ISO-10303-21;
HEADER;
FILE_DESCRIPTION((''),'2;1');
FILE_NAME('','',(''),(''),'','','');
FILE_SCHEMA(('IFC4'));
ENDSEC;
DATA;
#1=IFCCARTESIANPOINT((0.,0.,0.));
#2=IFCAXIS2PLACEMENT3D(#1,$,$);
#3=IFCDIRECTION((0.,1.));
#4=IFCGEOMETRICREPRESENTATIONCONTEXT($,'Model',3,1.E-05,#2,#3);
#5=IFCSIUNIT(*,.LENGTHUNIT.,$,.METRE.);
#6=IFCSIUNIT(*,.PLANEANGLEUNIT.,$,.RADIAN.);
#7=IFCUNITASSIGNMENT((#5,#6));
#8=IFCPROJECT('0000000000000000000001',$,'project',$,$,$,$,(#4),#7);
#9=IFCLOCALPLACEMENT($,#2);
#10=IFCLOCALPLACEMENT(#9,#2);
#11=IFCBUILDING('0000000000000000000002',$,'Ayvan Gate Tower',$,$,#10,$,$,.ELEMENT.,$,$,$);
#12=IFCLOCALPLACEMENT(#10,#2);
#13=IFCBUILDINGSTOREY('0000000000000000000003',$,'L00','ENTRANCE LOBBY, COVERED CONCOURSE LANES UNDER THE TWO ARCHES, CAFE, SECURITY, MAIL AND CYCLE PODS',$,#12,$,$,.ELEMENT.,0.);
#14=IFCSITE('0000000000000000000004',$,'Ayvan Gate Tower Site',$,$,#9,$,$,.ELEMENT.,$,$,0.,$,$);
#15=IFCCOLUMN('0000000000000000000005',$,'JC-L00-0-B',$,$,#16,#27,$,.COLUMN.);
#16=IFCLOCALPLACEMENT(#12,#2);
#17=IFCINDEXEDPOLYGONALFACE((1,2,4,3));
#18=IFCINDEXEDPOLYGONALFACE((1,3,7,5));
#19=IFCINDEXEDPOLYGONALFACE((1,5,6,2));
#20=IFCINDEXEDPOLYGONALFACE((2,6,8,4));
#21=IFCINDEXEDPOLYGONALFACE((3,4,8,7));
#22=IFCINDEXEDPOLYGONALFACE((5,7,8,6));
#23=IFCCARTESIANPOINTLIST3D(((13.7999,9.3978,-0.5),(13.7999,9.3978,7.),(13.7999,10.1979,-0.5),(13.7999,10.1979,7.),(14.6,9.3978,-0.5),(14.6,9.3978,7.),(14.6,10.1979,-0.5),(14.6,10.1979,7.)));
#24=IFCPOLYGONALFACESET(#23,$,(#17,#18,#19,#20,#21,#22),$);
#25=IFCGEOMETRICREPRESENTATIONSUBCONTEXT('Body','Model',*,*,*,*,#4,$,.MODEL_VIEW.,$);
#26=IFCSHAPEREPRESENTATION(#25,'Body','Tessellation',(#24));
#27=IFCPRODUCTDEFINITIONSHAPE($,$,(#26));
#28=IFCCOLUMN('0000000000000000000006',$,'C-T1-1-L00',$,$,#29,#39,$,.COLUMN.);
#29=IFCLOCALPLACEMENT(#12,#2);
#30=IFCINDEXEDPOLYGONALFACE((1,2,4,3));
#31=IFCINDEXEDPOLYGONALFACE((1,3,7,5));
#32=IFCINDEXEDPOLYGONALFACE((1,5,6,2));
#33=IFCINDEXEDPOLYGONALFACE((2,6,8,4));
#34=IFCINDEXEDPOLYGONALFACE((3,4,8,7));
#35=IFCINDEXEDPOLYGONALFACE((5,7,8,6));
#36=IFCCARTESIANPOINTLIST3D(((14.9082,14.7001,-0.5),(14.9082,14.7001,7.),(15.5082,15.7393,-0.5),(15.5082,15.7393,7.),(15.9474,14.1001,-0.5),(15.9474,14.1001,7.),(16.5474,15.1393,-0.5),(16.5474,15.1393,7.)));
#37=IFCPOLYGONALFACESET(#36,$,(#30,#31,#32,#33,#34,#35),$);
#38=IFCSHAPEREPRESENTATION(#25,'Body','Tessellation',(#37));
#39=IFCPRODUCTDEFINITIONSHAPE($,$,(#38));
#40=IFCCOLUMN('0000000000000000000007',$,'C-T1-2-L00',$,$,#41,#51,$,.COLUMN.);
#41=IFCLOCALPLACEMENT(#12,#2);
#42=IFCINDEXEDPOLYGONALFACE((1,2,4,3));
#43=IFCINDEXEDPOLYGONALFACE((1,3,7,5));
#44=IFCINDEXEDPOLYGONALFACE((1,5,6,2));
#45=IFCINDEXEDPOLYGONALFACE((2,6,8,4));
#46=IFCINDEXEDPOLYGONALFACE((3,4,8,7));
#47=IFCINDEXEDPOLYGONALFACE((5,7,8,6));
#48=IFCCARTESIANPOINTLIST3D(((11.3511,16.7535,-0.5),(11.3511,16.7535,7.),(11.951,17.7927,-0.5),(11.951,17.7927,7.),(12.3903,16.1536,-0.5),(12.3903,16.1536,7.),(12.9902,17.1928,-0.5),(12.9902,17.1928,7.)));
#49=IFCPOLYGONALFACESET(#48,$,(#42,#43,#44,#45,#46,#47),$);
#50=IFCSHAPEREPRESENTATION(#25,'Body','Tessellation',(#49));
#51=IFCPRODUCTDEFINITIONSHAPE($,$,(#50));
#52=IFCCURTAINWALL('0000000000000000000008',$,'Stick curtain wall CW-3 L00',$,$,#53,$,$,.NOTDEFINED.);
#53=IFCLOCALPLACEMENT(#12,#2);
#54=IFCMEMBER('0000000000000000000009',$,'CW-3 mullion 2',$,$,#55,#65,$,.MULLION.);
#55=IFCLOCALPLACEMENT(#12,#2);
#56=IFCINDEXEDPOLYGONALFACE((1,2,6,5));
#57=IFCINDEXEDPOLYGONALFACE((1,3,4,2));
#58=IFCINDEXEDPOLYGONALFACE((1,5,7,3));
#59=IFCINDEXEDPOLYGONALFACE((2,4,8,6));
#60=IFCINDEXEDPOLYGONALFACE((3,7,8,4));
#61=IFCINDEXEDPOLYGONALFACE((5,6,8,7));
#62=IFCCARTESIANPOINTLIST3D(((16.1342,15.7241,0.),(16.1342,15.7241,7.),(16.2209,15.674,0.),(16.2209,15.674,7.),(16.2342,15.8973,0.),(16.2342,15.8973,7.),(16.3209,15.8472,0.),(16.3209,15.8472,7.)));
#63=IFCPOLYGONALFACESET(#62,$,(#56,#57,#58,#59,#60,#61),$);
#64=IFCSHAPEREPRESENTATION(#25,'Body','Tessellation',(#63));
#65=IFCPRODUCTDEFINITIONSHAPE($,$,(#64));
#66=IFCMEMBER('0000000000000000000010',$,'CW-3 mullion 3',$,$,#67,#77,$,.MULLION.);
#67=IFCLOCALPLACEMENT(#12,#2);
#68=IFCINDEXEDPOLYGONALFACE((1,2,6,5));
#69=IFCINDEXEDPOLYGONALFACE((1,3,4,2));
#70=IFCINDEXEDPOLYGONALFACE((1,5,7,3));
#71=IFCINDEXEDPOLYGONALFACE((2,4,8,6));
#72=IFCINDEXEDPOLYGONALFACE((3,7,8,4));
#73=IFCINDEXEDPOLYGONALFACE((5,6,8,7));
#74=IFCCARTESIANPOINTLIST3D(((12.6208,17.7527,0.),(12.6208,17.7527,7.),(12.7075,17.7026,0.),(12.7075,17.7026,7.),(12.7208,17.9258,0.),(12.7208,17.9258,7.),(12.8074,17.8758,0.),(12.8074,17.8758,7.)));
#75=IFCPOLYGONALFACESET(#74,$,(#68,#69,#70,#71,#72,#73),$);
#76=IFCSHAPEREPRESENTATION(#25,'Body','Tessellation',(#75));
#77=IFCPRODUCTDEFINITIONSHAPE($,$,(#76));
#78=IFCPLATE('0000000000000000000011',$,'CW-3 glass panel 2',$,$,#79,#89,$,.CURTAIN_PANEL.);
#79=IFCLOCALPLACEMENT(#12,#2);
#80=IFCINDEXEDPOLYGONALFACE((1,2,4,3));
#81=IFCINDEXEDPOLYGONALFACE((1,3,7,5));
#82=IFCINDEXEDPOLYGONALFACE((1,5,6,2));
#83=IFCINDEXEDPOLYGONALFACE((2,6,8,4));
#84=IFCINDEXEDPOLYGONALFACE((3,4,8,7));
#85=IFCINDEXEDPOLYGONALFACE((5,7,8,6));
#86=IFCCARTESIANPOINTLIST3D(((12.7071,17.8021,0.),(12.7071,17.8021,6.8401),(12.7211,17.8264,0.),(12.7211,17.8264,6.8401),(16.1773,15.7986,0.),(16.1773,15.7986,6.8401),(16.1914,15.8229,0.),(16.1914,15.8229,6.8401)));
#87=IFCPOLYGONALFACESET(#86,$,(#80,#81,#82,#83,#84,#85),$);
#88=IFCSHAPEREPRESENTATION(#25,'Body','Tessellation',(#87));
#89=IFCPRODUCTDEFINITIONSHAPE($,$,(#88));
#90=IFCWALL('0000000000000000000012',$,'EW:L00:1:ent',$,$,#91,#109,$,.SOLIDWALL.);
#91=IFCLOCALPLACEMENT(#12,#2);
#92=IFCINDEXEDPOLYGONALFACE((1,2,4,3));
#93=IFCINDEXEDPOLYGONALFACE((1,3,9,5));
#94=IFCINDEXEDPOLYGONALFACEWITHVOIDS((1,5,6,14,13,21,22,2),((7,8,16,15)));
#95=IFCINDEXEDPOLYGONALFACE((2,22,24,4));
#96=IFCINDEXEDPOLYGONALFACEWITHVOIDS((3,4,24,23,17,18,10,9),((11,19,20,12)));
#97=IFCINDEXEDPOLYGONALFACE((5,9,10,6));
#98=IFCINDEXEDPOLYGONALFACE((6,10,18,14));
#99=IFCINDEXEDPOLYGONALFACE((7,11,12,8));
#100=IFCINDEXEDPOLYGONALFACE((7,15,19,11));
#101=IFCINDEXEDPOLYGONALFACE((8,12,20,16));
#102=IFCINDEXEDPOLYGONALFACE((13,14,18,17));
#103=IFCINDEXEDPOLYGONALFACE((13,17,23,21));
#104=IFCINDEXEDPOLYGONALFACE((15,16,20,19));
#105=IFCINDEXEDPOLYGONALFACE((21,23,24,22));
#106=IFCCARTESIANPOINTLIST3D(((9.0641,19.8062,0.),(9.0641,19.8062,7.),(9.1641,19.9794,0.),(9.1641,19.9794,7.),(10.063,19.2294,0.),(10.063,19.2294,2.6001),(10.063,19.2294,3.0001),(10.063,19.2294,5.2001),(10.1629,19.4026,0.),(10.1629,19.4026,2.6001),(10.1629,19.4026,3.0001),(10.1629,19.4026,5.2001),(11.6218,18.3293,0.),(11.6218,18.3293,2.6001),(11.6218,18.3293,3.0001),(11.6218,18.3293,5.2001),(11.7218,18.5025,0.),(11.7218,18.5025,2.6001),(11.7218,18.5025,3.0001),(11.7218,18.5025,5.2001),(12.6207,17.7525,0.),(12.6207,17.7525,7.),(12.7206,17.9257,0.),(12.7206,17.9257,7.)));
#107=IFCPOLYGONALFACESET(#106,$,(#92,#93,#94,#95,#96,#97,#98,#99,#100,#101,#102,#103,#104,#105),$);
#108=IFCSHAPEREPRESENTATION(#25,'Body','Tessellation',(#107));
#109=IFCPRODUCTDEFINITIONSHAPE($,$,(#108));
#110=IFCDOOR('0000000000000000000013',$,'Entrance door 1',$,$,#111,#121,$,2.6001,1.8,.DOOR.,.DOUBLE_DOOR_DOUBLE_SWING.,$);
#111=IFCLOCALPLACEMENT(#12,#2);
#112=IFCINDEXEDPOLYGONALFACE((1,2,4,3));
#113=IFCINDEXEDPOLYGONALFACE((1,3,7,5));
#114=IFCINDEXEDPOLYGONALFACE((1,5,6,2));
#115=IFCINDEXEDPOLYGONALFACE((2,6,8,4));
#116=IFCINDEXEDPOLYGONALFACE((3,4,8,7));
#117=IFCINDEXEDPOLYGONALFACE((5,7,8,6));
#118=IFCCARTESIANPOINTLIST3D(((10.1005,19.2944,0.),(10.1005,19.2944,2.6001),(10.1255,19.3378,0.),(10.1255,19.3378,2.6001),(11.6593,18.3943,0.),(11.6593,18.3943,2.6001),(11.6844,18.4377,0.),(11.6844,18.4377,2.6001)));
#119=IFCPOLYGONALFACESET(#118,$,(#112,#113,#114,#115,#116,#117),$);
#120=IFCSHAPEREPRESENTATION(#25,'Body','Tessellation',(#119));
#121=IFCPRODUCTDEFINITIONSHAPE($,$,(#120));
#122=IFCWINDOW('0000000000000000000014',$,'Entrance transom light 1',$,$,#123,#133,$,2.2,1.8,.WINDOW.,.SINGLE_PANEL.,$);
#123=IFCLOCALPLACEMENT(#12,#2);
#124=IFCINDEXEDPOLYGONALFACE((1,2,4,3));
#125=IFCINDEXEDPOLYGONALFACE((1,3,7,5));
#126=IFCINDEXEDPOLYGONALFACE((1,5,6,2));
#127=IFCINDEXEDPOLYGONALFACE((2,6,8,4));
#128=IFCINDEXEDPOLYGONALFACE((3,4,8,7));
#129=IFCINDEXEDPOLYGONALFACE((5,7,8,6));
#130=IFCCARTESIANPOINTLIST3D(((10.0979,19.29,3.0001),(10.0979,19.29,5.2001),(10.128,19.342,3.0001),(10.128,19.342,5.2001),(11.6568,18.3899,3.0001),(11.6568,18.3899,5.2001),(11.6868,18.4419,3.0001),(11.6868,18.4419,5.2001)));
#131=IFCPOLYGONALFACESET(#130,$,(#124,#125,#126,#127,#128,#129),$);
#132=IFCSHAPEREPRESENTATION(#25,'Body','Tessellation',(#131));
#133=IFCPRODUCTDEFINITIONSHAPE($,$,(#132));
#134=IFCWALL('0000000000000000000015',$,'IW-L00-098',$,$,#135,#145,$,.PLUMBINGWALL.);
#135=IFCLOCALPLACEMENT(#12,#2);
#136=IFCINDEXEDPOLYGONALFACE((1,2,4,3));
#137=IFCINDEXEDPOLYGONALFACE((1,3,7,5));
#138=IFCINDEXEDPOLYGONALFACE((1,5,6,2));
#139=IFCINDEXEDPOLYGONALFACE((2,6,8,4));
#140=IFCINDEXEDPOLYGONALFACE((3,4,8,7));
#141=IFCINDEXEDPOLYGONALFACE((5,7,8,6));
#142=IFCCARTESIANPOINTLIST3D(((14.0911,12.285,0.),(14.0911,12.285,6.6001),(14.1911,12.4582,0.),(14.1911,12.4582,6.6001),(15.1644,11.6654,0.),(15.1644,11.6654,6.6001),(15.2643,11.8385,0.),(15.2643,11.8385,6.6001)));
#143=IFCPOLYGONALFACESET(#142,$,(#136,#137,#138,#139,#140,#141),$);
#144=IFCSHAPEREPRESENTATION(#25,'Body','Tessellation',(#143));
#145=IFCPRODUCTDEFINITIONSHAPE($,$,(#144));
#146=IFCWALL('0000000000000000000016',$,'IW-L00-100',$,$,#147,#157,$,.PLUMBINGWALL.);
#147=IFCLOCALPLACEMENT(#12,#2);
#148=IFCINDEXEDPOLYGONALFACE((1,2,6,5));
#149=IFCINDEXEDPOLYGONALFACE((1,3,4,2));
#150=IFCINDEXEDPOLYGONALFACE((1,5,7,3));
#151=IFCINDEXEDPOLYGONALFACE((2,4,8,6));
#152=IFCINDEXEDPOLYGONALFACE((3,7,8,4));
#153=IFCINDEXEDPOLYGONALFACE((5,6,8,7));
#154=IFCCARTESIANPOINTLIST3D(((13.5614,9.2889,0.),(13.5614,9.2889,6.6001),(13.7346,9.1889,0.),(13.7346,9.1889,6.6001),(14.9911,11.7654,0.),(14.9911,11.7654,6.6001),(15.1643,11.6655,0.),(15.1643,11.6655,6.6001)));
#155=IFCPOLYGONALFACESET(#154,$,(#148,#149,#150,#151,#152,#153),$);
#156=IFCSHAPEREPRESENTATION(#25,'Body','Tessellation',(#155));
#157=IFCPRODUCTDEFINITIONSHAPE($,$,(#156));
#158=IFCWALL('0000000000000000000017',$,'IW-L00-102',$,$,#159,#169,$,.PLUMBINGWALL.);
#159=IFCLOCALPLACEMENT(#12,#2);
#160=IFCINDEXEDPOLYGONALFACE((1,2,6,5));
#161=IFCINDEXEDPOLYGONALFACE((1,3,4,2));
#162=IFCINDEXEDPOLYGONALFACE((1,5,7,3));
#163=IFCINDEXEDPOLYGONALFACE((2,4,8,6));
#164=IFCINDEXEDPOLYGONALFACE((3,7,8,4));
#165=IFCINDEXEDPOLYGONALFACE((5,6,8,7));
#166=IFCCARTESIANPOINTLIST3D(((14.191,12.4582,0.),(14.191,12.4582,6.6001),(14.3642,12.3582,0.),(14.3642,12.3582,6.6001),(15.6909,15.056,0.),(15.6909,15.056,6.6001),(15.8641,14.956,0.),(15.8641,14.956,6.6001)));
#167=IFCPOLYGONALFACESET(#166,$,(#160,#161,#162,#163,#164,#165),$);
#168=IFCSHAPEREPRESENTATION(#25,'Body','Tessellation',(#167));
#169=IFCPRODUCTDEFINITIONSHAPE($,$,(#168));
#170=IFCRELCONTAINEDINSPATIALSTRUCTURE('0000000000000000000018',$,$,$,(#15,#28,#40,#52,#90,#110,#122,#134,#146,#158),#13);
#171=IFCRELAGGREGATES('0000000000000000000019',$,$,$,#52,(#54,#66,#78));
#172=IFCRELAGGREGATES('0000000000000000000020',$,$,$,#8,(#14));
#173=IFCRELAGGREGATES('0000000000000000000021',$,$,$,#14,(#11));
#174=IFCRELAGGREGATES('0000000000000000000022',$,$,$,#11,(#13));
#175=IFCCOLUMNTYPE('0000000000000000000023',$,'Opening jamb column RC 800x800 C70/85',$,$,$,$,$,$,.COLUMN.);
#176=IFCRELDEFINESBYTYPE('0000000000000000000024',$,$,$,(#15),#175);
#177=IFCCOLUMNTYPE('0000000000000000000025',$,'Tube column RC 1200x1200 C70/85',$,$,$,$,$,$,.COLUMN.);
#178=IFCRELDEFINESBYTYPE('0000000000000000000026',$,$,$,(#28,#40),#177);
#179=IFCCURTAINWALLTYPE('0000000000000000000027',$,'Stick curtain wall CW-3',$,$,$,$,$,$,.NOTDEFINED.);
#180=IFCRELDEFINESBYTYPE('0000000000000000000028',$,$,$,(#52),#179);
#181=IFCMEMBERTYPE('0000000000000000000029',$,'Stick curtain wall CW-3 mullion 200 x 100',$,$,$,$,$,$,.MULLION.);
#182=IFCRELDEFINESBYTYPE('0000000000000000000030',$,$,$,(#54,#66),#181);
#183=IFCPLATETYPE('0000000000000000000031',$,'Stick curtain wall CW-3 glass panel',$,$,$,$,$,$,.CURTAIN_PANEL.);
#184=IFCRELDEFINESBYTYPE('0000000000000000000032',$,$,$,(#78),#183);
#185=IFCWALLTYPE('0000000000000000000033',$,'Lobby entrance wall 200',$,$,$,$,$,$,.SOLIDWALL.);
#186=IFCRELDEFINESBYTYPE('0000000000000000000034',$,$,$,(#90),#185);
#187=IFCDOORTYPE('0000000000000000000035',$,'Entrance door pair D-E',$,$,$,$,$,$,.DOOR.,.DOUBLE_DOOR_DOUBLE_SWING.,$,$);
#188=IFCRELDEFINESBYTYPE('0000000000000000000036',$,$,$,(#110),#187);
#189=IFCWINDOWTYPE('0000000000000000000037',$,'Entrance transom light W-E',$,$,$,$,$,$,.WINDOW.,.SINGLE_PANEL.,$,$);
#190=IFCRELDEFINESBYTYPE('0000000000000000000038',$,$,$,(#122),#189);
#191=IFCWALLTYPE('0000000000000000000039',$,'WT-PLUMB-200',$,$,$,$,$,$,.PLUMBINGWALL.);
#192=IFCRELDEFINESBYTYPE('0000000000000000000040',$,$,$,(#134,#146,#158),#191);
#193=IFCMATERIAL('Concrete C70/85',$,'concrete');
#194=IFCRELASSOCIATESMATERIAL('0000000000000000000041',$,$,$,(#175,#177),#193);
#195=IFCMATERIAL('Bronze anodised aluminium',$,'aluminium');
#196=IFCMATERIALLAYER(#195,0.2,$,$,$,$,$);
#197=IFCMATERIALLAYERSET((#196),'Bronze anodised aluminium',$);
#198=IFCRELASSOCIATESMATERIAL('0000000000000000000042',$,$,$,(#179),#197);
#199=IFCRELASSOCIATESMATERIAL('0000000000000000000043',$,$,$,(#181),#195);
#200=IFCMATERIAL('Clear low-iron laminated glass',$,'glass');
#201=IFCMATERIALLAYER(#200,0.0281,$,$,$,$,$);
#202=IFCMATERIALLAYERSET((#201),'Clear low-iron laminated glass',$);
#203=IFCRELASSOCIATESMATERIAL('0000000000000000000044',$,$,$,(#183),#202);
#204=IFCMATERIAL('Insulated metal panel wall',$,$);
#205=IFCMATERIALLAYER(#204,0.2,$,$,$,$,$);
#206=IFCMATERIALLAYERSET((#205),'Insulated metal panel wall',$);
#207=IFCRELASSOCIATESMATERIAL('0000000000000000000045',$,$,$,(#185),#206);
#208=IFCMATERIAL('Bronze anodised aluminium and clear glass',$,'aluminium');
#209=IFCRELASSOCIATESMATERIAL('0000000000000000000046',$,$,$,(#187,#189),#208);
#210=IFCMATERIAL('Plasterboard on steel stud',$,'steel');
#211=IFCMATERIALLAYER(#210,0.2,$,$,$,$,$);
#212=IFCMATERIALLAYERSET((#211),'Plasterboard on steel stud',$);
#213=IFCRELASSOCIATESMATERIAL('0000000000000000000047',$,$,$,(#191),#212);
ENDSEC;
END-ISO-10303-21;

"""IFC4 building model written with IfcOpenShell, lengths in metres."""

from ifc_helpers import new_model, si_unit, direction, frame, frame_2d, origin, origin_2d, place, context, subcontext, project, spatial, rectangle, extrude, material, layer, layer_set, material_profile, profile_set, type_object, element, fill, aggregate, save


model = new_model("IFC4")

# Units and contexts
model_context = context("Model", 3, precision=1e-05, world=origin(), true_north=direction((0.0, 1.0)))
body_context = subcontext(model_context, "Body", "Model", "MODEL_VIEW")
ifc_project = project(units=[si_unit("LENGTHUNIT", "METRE"), si_unit("PLANEANGLEUNIT", "RADIAN")], contexts=[model_context])

# Site, building, storey
site_placement = place(None, origin())
site = spatial("IfcSite", under=ifc_project, at=site_placement, Name="Ayvan Gate Tower Site", CompositionType="ELEMENT", RefElevation=0.0)
building_placement = place(site_placement, origin())
building = spatial("IfcBuilding", under=site, at=building_placement, Name="Ayvan Gate Tower", CompositionType="ELEMENT")
storey_placement = place(building_placement, origin())
storey = spatial("IfcBuildingStorey", under=building, at=storey_placement, Name="L00", Description="ENTRANCE LOBBY, COVERED CONCOURSE LANES UNDER THE TWO ARCHES, CAFE, SECURITY, MAIL AND CYCLE PODS", CompositionType="ELEMENT", Elevation=0.0)

# Columns
ifc_material_1 = material(Name="Concrete C70/85", Category="concrete")
ifc_material_profile_1 = material_profile(ifc_material_1, rectangle(XDim=0.8, YDim=0.8, at=origin_2d()), Name="RC 800x800")
ifc_profile_set_1 = profile_set([ifc_material_profile_1], Name="Concrete C70/85")
column_type_1 = type_object("IfcColumnType", Name="Opening jamb column RC 800x800 C70/85", PredefinedType="COLUMN", material=ifc_profile_set_1)
column_placement = place(storey_placement, frame((14.2, 9.7979, -0.5), z_axis=(0.0, 0.0, 1.0), x_axis=(1.0, 0.0, 0.0)))
element("IfcColumn", 1, at=column_placement, inside=storey, type_object=column_type_1, Name="JC-L00-0-B", PredefinedType="COLUMN", context=body_context, shape_type="SweptSolid", body=[
    extrude(rectangle(XDim=0.8, YDim=0.8, at=origin_2d()), origin(), (0.0, 0.0, 1.0), 7.5),
])
ifc_material_profile_2 = material_profile(ifc_material_1, rectangle(XDim=1.2, YDim=1.2, at=origin_2d()), Name="RC 1200x1200")
ifc_profile_set_2 = profile_set([ifc_material_profile_2], Name="Concrete C70/85")
column_type_2 = type_object("IfcColumnType", Name="Tube column RC 1200x1200 C70/85", PredefinedType="COLUMN", material=ifc_profile_set_2)
for number, where, z_axis, x_axis, name in (
    (2, (15.7278, 14.9197, -0.5), (0.0, 0.0, 1.0), (0.5, 0.866025, 0.0), "C-T1-1-L00"),
    (3, (12.1707, 16.9731, -0.5), (0.0, 0.0, 1.0), (0.5, 0.866025, 0.0), "C-T1-2-L00"),
):
    element("IfcColumn", number, at=place(storey_placement, frame(where, z_axis=z_axis, x_axis=x_axis)), inside=storey, type_object=column_type_2, Name=name, PredefinedType="COLUMN", context=body_context, shape_type="SweptSolid", body=[
        extrude(rectangle(XDim=1.2, YDim=1.2, at=origin_2d()), origin(), (0.0, 0.0, 1.0), 7.5),
    ])

# Curtain wall, members, plate
ifc_material_2 = material(Name="Bronze anodised aluminium", Category="aluminium")
ifc_layer_1 = layer(ifc_material_2, 0.2)
ifc_layer_set_1 = layer_set([ifc_layer_1], Name="Bronze anodised aluminium")
curtain_wall_type = type_object("IfcCurtainWallType", Name="Stick curtain wall CW-3", PredefinedType="NOTDEFINED", material=ifc_layer_set_1)
curtain_wall_placement = place(storey_placement, origin())
curtain_wall = element("IfcCurtainWall", 4, at=curtain_wall_placement, inside=storey, type_object=curtain_wall_type, Name="Stick curtain wall CW-3 L00", PredefinedType="NOTDEFINED")
ifc_material_profile_3 = material_profile(ifc_material_2, rectangle(XDim=0.2, YDim=0.1001, at=origin_2d()), Name="Stick curtain wall CW-3 mullion 200 x 100")
ifc_profile_set_3 = profile_set([ifc_material_profile_3], Name="Bronze anodised aluminium")
member_type = type_object("IfcMemberType", Name="Stick curtain wall CW-3 mullion 200 x 100", PredefinedType="MULLION", material=ifc_profile_set_3)
member_1_placement = place(storey_placement, frame((16.2275, 15.7856, 0.0), z_axis=(0.0, 0.0, 1.0), x_axis=(0.5, 0.866025, 0.0)))
member_1 = element("IfcMember", 5, at=member_1_placement, type_object=member_type, Name="CW-3 mullion 2", PredefinedType="MULLION", context=body_context, shape_type="SweptSolid", body=[
    extrude(rectangle(XDim=0.2, YDim=0.1001, at=origin_2d()), origin(), (0.0, 0.0, 1.0), 7.0),
])
member_2_placement = place(storey_placement, frame((12.7141, 17.8142, 0.0), z_axis=(0.0, 0.0, 1.0), x_axis=(0.5, 0.866025, 0.0)))
member_2 = element("IfcMember", 6, at=member_2_placement, type_object=member_type, Name="CW-3 mullion 3", PredefinedType="MULLION", context=body_context, shape_type="SweptSolid", body=[
    extrude(rectangle(XDim=0.2, YDim=0.1001, at=origin_2d()), origin(), (0.0, 0.0, 1.0), 7.0),
])
ifc_material_3 = material(Name="Clear low-iron laminated glass", Category="glass")
ifc_layer_2 = layer(ifc_material_3, 0.0281)
ifc_layer_set_2 = layer_set([ifc_layer_2], Name="Clear low-iron laminated glass")
plate_type = type_object("IfcPlateType", Name="Stick curtain wall CW-3 glass panel", PredefinedType="CURTAIN_PANEL", material=ifc_layer_set_2)
plate_placement = place(storey_placement, frame((14.4492, 16.8125, 0.0), z_axis=(0.0, 0.0, 1.0), x_axis=(-0.866025, 0.5, 0.0)))
plate = element("IfcPlate", 7, at=plate_placement, type_object=plate_type, Name="CW-3 glass panel 2", PredefinedType="CURTAIN_PANEL", context=body_context, shape_type="SweptSolid", body=[
    extrude(rectangle(XDim=4.0071, YDim=0.0281, at=origin_2d()), origin(), (0.0, 0.0, 1.0), 6.8401),
])
aggregate(curtain_wall, [member_1, member_2, plate])

# Wall, openings, door, window
ifc_material_4 = material(Name="Insulated metal panel wall")
ifc_layer_3 = layer(ifc_material_4, 0.2)
ifc_layer_set_3 = layer_set([ifc_layer_3], Name="Insulated metal panel wall")
wall_type_1 = type_object("IfcWallType", Name="Lobby entrance wall 200", PredefinedType="SOLIDWALL", material=ifc_layer_set_3)
wall_1_placement = place(storey_placement, frame((12.6707, 17.8391, 0.0), z_axis=(0.0, 0.0, 1.0), x_axis=(-0.865996, 0.500052, 0.0)))
wall_1 = element("IfcWall", 8, at=wall_1_placement, inside=storey, type_object=wall_type_1, Name="EW:L00:1:ent", PredefinedType="SOLIDWALL", context=body_context, shape_type="SweptSolid", body=[
    extrude(rectangle(XDim=4.1069, YDim=0.2, at=frame_2d((2.0535, 0.0))), origin(), (0.0, 0.0, 1.0), 7.0),
])
opening_1_placement = place(wall_1_placement, frame((1.1536, 0.0, 0.0)))
opening_1 = element("IfcOpeningElement", 9, at=opening_1_placement, cuts=wall_1, PredefinedType="OPENING", context=body_context, shape_type="SweptSolid", body=[
    extrude(rectangle(XDim=1.8, YDim=2.6001, at=frame_2d((0.8999, 1.3))), frame((0.0, 0.1099, 0.0), z_axis=(0.0, -1.0, 0.0), x_axis=(1.0, 0.0, 0.0)), (0.0, 0.0, 1.0), 0.22),
])
opening_2_placement = place(wall_1_placement, frame((1.1536, 0.0, 3.0)))
opening_2 = element("IfcOpeningElement", 10, at=opening_2_placement, cuts=wall_1, PredefinedType="OPENING", context=body_context, shape_type="SweptSolid", body=[
    extrude(rectangle(XDim=1.8, YDim=2.2, at=frame_2d((0.8999, 1.1001))), frame((0.0, 0.1099, 0.0), z_axis=(0.0, -1.0, 0.0), x_axis=(1.0, 0.0, 0.0)), (0.0, 0.0, 1.0), 0.22),
])
ifc_material_5 = material(Name="Bronze anodised aluminium and clear glass", Category="aluminium")
door_type = type_object("IfcDoorType", Name="Entrance door pair D-E", OperationType="DOUBLE_DOOR_DOUBLE_SWING", PredefinedType="DOOR", material=ifc_material_5)
door_placement = place(opening_1_placement, origin())
door = element("IfcDoor", 11, at=door_placement, inside=storey, type_object=door_type, Name="Entrance door 1", OperationType="DOUBLE_DOOR_DOUBLE_SWING", OverallHeight=2.6001, OverallWidth=1.8, PredefinedType="DOOR", context=body_context, shape_type="SweptSolid", body=[
    extrude(rectangle(XDim=1.8, YDim=2.6001, at=frame_2d((0.8999, 1.3))), frame((0.0, 0.0249, 0.0), z_axis=(0.0, -1.0, 0.0), x_axis=(1.0, 0.0, 0.0)), (0.0, 0.0, 1.0), 0.05),
])
fill(opening_1, door)
window_type = type_object("IfcWindowType", Name="Entrance transom light W-E", PartitioningType="SINGLE_PANEL", PredefinedType="WINDOW", material=ifc_material_5)
window_placement = place(opening_2_placement, origin())
window = element("IfcWindow", 12, at=window_placement, inside=storey, type_object=window_type, Name="Entrance transom light 1", OverallHeight=2.2, OverallWidth=1.8, PartitioningType="SINGLE_PANEL", PredefinedType="WINDOW", context=body_context, shape_type="SweptSolid", body=[
    extrude(rectangle(XDim=1.8, YDim=2.2, at=frame_2d((0.8999, 1.1001))), frame((0.0, 0.03, 0.0), z_axis=(0.0, -1.0, 0.0), x_axis=(1.0, 0.0, 0.0)), (0.0, 0.0, 1.0), 0.0601),
])
fill(opening_2, window)

# Walls
ifc_material_6 = material(Name="Plasterboard on steel stud", Category="steel")
ifc_layer_4 = layer(ifc_material_6, 0.2)
ifc_layer_set_4 = layer_set([ifc_layer_4], Name="Plasterboard on steel stud")
wall_type_2 = type_object("IfcWallType", Name="WT-PLUMB-200", PredefinedType="PLUMBINGWALL", material=ifc_layer_set_4)
wall_2_placement = place(storey_placement, frame((14.1411, 12.3716, 0.0), z_axis=(0.0, 0.0, 1.0), x_axis=(0.866028, -0.499995, 0.0)))
element("IfcWall", 13, at=wall_2_placement, inside=storey, type_object=wall_type_2, Name="IW-L00-098", PredefinedType="PLUMBINGWALL", context=body_context, shape_type="SweptSolid", body=[
    extrude(rectangle(XDim=1.2393, YDim=0.2, at=frame_2d((0.6196, 0.0))), origin(), (0.0, 0.0, 1.0), 6.6001),
])
wall_3_placement = place(storey_placement, frame((15.0776, 11.7153, 0.0), z_axis=(0.0, 0.0, 1.0), x_axis=(-0.499959, -0.866049, 0.0)))
element("IfcWall", 14, at=wall_3_placement, inside=storey, type_object=wall_type_2, Name="IW-L00-100", PredefinedType="PLUMBINGWALL", context=body_context, shape_type="SweptSolid", body=[
    extrude(rectangle(XDim=2.8596, YDim=0.2, at=frame_2d((1.4297, 0.0))), origin(), (0.0, 0.0, 1.0), 6.6001),
])
wall_4_placement = place(storey_placement, frame((15.7776, 15.0061, 0.0), z_axis=(0.0, 0.0, 1.0), x_axis=(-0.500025, -0.866011, 0.0)))
element("IfcWall", 15, at=wall_4_placement, inside=storey, type_object=wall_type_2, Name="IW-L00-102", PredefinedType="PLUMBINGWALL", context=body_context, shape_type="SweptSolid", body=[
    extrude(rectangle(XDim=2.9998, YDim=0.2, at=frame_2d((1.5, 0.0))), origin(), (0.0, 0.0, 1.0), 6.6001),
])

save(model, "model.ifc")
